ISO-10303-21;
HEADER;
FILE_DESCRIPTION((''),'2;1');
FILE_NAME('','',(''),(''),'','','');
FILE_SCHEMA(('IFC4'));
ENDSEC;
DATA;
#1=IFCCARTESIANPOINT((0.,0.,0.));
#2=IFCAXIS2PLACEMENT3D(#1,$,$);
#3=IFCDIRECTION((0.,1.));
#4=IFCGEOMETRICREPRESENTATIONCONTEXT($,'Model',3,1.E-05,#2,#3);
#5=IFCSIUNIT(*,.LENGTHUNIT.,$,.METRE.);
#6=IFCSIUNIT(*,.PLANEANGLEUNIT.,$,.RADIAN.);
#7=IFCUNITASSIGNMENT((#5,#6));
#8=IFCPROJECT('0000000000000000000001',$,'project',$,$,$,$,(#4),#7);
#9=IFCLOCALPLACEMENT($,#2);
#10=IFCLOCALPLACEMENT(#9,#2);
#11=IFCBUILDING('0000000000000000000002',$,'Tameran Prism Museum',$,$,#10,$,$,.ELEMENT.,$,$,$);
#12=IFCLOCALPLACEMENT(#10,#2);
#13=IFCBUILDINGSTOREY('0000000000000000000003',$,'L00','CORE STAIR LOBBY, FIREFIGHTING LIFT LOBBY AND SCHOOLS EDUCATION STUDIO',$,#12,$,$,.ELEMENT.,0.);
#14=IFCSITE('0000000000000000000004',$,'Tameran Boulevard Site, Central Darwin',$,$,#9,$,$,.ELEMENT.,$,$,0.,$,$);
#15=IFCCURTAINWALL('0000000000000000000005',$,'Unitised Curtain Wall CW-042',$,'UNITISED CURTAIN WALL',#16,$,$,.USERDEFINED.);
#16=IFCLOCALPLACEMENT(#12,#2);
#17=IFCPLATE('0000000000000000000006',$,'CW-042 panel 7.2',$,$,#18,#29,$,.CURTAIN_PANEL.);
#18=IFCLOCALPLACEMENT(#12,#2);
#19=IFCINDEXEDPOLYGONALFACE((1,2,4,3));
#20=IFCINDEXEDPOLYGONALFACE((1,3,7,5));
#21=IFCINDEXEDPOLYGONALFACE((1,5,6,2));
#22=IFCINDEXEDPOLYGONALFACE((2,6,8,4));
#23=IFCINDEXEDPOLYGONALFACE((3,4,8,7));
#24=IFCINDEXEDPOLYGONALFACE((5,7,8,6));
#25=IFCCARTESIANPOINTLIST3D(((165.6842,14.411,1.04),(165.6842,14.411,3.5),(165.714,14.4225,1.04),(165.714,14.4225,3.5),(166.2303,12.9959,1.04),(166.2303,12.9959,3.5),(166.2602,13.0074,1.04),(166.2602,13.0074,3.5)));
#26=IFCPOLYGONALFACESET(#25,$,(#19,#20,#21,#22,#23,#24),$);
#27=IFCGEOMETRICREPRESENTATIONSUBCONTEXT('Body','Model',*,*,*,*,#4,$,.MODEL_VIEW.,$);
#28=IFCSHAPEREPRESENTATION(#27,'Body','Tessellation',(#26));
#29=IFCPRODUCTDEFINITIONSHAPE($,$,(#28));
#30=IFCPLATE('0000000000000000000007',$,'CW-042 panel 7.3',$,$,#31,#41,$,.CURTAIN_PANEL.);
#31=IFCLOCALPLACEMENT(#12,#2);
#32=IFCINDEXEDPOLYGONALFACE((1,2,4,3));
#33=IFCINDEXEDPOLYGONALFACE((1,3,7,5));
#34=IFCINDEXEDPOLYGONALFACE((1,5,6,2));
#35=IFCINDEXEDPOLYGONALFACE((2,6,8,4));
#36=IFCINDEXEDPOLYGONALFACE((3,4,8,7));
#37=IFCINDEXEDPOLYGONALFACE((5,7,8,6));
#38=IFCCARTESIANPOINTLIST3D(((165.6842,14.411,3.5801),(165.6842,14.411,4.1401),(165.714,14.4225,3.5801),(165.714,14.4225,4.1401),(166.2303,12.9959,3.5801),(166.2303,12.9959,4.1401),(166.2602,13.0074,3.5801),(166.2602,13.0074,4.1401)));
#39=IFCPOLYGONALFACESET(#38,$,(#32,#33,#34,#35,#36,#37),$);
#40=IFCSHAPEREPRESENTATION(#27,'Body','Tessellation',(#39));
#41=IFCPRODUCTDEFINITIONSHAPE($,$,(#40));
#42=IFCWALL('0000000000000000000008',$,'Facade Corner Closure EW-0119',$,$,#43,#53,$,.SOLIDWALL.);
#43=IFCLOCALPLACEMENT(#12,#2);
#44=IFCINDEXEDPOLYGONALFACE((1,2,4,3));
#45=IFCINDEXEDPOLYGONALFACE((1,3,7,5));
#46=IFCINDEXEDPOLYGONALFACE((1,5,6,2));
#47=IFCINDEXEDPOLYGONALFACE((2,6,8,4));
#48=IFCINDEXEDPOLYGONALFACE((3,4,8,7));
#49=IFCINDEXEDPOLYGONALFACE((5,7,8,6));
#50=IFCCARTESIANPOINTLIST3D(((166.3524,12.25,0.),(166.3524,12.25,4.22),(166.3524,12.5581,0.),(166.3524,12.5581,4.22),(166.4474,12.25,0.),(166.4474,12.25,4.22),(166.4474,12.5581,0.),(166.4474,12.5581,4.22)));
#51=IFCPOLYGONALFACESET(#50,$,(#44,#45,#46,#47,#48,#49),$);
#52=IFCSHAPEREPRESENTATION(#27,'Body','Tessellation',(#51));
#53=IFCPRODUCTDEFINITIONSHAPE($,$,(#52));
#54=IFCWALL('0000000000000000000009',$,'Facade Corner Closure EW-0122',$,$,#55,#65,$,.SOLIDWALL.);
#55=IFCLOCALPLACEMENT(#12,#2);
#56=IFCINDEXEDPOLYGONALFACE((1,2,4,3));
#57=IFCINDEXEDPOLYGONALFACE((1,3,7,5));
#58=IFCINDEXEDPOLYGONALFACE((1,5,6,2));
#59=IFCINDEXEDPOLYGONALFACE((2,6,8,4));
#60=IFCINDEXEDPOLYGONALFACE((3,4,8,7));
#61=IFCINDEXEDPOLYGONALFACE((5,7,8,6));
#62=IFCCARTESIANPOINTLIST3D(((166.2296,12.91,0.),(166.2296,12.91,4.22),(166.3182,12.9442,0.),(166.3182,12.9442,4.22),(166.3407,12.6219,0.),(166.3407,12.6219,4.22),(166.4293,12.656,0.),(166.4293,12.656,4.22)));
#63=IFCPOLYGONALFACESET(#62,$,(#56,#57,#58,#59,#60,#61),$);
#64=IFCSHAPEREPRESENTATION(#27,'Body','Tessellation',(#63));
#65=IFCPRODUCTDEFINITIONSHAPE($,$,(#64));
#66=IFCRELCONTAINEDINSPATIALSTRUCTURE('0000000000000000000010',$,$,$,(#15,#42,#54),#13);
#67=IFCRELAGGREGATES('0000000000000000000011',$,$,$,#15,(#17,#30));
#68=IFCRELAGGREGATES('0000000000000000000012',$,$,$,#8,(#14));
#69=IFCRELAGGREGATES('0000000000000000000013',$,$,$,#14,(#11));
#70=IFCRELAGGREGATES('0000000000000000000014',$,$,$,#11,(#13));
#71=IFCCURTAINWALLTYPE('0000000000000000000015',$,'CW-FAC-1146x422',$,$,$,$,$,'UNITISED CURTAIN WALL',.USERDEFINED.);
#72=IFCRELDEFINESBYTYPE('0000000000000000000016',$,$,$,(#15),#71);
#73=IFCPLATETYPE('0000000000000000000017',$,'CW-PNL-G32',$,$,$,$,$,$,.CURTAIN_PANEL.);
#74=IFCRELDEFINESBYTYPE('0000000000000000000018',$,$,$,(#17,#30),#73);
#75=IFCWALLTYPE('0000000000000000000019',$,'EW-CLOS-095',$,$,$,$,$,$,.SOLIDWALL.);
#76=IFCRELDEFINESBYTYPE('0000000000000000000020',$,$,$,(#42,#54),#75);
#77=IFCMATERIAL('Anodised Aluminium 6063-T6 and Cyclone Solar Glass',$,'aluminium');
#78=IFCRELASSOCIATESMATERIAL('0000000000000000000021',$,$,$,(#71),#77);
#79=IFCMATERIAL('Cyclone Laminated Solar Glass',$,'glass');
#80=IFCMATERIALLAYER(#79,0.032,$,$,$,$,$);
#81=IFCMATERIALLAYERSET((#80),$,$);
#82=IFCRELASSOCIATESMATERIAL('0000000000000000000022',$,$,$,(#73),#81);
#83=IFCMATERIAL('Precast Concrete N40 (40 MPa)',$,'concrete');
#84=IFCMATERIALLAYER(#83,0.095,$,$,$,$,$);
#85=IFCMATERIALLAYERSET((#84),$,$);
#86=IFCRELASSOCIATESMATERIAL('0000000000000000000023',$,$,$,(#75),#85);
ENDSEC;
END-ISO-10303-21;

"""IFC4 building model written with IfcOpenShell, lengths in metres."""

from ifc_helpers import new_model, si_unit, direction, frame, frame_2d, origin, origin_2d, place, context, subcontext, project, spatial, rectangle, extrude, material, layer, layer_set, type_object, element, aggregate, save


model = new_model("IFC4")

# Units and contexts
model_context = context("Model", 3, precision=1e-05, world=origin(), true_north=direction((0.0, 1.0)))
body_context = subcontext(model_context, "Body", "Model", "MODEL_VIEW")
ifc_project = project(units=[si_unit("LENGTHUNIT", "METRE"), si_unit("PLANEANGLEUNIT", "RADIAN")], contexts=[model_context])

# Site, building, storey
site_placement = place(None, origin())
site = spatial("IfcSite", under=ifc_project, at=site_placement, Name="Tameran Boulevard Site, Central Darwin", CompositionType="ELEMENT", RefElevation=0.0)
building_placement = place(site_placement, origin())
building = spatial("IfcBuilding", under=site, at=building_placement, Name="Tameran Prism Museum", CompositionType="ELEMENT")
storey_placement = place(building_placement, origin())
storey = spatial("IfcBuildingStorey", under=building, at=storey_placement, Name="L00", Description="CORE STAIR LOBBY, FIREFIGHTING LIFT LOBBY AND SCHOOLS EDUCATION STUDIO", CompositionType="ELEMENT", Elevation=0.0)

# Curtain wall
ifc_material_1 = material(Name="Anodised Aluminium 6063-T6 and Cyclone Solar Glass", Category="aluminium")
curtain_wall_type_1 = type_object("IfcCurtainWallType", Name="CW-FAC-1146x422", ElementType="UNITISED CURTAIN WALL", PredefinedType="USERDEFINED", material=ifc_material_1)
curtain_wall_1_placement = place(storey_placement, origin())
curtain_wall_1 = element("IfcCurtainWall", 1, at=curtain_wall_1_placement, inside=storey, type_object=curtain_wall_type_1, Name="Unitised Curtain Wall CW-042", ObjectType="UNITISED CURTAIN WALL", PredefinedType="USERDEFINED")

# Plates
ifc_material_2 = material(Name="Cyclone Laminated Solar Glass", Category="glass")
ifc_layer_1 = layer(ifc_material_2, 0.032)
ifc_layer_set_1 = layer_set([ifc_layer_1])
plate_type = type_object("IfcPlateType", Name="CW-PNL-G32", PredefinedType="CURTAIN_PANEL", material=ifc_layer_set_1)
plate_1_placement = place(storey_placement, frame((165.9722, 13.7092, 1.04), z_axis=(0.0, 0.0, 1.0), x_axis=(0.360078, -0.932922, 0.0)))
plate_1 = element("IfcPlate", 2, at=plate_1_placement, type_object=plate_type, Name="CW-042 panel 7.2", PredefinedType="CURTAIN_PANEL", context=body_context, shape_type="SweptSolid", body=[
    extrude(rectangle(XDim=1.5168, YDim=0.032, at=origin_2d()), origin(), (0.0, 0.0, 1.0), 2.46),
])
plate_2_placement = place(storey_placement, frame((165.9722, 13.7092, 3.5801), z_axis=(0.0, 0.0, 1.0), x_axis=(0.360078, -0.932922, 0.0)))
plate_2 = element("IfcPlate", 3, at=plate_2_placement, type_object=plate_type, Name="CW-042 panel 7.3", PredefinedType="CURTAIN_PANEL", context=body_context, shape_type="SweptSolid", body=[
    extrude(rectangle(XDim=1.5168, YDim=0.032, at=origin_2d()), origin(), (0.0, 0.0, 1.0), 0.5601),
])
aggregate(curtain_wall_1, [plate_1, plate_2])

# Walls
ifc_material_3 = material(Name="Precast Concrete N40 (40 MPa)", Category="concrete")
ifc_layer_2 = layer(ifc_material_3, 0.095)
ifc_layer_set_2 = layer_set([ifc_layer_2])
wall_type = type_object("IfcWallType", Name="EW-CLOS-095", PredefinedType="SOLIDWALL", material=ifc_layer_set_2)
wall_1_placement = place(storey_placement, frame((166.3999, 12.5581, 0.0), z_axis=(0.0, 0.0, 1.0), x_axis=(0.0, -1.0, 0.0)))
element("IfcWall", 4, at=wall_1_placement, inside=storey, type_object=wall_type, Name="Facade Corner Closure EW-0119", PredefinedType="SOLIDWALL", context=body_context, shape_type="SweptSolid", body=[
    extrude(rectangle(XDim=0.3081, YDim=0.095, at=frame_2d((0.1541, 0.0))), origin(), (0.0, 0.0, 1.0), 4.22),
])
wall_2_placement = place(storey_placement, frame((166.2739, 12.927, 0.0), z_axis=(0.0, 0.0, 1.0), x_axis=(0.359774, -0.93304, 0.0)))
element("IfcWall", 5, at=wall_2_placement, inside=storey, type_object=wall_type, Name="Facade Corner Closure EW-0122", PredefinedType="SOLIDWALL", context=body_context, shape_type="SweptSolid", body=[
    extrude(rectangle(XDim=0.3088, YDim=0.095, at=frame_2d((0.1543, 0.0))), origin(), (0.0, 0.0, 1.0), 4.22),
])

save(model, "model.ifc")
